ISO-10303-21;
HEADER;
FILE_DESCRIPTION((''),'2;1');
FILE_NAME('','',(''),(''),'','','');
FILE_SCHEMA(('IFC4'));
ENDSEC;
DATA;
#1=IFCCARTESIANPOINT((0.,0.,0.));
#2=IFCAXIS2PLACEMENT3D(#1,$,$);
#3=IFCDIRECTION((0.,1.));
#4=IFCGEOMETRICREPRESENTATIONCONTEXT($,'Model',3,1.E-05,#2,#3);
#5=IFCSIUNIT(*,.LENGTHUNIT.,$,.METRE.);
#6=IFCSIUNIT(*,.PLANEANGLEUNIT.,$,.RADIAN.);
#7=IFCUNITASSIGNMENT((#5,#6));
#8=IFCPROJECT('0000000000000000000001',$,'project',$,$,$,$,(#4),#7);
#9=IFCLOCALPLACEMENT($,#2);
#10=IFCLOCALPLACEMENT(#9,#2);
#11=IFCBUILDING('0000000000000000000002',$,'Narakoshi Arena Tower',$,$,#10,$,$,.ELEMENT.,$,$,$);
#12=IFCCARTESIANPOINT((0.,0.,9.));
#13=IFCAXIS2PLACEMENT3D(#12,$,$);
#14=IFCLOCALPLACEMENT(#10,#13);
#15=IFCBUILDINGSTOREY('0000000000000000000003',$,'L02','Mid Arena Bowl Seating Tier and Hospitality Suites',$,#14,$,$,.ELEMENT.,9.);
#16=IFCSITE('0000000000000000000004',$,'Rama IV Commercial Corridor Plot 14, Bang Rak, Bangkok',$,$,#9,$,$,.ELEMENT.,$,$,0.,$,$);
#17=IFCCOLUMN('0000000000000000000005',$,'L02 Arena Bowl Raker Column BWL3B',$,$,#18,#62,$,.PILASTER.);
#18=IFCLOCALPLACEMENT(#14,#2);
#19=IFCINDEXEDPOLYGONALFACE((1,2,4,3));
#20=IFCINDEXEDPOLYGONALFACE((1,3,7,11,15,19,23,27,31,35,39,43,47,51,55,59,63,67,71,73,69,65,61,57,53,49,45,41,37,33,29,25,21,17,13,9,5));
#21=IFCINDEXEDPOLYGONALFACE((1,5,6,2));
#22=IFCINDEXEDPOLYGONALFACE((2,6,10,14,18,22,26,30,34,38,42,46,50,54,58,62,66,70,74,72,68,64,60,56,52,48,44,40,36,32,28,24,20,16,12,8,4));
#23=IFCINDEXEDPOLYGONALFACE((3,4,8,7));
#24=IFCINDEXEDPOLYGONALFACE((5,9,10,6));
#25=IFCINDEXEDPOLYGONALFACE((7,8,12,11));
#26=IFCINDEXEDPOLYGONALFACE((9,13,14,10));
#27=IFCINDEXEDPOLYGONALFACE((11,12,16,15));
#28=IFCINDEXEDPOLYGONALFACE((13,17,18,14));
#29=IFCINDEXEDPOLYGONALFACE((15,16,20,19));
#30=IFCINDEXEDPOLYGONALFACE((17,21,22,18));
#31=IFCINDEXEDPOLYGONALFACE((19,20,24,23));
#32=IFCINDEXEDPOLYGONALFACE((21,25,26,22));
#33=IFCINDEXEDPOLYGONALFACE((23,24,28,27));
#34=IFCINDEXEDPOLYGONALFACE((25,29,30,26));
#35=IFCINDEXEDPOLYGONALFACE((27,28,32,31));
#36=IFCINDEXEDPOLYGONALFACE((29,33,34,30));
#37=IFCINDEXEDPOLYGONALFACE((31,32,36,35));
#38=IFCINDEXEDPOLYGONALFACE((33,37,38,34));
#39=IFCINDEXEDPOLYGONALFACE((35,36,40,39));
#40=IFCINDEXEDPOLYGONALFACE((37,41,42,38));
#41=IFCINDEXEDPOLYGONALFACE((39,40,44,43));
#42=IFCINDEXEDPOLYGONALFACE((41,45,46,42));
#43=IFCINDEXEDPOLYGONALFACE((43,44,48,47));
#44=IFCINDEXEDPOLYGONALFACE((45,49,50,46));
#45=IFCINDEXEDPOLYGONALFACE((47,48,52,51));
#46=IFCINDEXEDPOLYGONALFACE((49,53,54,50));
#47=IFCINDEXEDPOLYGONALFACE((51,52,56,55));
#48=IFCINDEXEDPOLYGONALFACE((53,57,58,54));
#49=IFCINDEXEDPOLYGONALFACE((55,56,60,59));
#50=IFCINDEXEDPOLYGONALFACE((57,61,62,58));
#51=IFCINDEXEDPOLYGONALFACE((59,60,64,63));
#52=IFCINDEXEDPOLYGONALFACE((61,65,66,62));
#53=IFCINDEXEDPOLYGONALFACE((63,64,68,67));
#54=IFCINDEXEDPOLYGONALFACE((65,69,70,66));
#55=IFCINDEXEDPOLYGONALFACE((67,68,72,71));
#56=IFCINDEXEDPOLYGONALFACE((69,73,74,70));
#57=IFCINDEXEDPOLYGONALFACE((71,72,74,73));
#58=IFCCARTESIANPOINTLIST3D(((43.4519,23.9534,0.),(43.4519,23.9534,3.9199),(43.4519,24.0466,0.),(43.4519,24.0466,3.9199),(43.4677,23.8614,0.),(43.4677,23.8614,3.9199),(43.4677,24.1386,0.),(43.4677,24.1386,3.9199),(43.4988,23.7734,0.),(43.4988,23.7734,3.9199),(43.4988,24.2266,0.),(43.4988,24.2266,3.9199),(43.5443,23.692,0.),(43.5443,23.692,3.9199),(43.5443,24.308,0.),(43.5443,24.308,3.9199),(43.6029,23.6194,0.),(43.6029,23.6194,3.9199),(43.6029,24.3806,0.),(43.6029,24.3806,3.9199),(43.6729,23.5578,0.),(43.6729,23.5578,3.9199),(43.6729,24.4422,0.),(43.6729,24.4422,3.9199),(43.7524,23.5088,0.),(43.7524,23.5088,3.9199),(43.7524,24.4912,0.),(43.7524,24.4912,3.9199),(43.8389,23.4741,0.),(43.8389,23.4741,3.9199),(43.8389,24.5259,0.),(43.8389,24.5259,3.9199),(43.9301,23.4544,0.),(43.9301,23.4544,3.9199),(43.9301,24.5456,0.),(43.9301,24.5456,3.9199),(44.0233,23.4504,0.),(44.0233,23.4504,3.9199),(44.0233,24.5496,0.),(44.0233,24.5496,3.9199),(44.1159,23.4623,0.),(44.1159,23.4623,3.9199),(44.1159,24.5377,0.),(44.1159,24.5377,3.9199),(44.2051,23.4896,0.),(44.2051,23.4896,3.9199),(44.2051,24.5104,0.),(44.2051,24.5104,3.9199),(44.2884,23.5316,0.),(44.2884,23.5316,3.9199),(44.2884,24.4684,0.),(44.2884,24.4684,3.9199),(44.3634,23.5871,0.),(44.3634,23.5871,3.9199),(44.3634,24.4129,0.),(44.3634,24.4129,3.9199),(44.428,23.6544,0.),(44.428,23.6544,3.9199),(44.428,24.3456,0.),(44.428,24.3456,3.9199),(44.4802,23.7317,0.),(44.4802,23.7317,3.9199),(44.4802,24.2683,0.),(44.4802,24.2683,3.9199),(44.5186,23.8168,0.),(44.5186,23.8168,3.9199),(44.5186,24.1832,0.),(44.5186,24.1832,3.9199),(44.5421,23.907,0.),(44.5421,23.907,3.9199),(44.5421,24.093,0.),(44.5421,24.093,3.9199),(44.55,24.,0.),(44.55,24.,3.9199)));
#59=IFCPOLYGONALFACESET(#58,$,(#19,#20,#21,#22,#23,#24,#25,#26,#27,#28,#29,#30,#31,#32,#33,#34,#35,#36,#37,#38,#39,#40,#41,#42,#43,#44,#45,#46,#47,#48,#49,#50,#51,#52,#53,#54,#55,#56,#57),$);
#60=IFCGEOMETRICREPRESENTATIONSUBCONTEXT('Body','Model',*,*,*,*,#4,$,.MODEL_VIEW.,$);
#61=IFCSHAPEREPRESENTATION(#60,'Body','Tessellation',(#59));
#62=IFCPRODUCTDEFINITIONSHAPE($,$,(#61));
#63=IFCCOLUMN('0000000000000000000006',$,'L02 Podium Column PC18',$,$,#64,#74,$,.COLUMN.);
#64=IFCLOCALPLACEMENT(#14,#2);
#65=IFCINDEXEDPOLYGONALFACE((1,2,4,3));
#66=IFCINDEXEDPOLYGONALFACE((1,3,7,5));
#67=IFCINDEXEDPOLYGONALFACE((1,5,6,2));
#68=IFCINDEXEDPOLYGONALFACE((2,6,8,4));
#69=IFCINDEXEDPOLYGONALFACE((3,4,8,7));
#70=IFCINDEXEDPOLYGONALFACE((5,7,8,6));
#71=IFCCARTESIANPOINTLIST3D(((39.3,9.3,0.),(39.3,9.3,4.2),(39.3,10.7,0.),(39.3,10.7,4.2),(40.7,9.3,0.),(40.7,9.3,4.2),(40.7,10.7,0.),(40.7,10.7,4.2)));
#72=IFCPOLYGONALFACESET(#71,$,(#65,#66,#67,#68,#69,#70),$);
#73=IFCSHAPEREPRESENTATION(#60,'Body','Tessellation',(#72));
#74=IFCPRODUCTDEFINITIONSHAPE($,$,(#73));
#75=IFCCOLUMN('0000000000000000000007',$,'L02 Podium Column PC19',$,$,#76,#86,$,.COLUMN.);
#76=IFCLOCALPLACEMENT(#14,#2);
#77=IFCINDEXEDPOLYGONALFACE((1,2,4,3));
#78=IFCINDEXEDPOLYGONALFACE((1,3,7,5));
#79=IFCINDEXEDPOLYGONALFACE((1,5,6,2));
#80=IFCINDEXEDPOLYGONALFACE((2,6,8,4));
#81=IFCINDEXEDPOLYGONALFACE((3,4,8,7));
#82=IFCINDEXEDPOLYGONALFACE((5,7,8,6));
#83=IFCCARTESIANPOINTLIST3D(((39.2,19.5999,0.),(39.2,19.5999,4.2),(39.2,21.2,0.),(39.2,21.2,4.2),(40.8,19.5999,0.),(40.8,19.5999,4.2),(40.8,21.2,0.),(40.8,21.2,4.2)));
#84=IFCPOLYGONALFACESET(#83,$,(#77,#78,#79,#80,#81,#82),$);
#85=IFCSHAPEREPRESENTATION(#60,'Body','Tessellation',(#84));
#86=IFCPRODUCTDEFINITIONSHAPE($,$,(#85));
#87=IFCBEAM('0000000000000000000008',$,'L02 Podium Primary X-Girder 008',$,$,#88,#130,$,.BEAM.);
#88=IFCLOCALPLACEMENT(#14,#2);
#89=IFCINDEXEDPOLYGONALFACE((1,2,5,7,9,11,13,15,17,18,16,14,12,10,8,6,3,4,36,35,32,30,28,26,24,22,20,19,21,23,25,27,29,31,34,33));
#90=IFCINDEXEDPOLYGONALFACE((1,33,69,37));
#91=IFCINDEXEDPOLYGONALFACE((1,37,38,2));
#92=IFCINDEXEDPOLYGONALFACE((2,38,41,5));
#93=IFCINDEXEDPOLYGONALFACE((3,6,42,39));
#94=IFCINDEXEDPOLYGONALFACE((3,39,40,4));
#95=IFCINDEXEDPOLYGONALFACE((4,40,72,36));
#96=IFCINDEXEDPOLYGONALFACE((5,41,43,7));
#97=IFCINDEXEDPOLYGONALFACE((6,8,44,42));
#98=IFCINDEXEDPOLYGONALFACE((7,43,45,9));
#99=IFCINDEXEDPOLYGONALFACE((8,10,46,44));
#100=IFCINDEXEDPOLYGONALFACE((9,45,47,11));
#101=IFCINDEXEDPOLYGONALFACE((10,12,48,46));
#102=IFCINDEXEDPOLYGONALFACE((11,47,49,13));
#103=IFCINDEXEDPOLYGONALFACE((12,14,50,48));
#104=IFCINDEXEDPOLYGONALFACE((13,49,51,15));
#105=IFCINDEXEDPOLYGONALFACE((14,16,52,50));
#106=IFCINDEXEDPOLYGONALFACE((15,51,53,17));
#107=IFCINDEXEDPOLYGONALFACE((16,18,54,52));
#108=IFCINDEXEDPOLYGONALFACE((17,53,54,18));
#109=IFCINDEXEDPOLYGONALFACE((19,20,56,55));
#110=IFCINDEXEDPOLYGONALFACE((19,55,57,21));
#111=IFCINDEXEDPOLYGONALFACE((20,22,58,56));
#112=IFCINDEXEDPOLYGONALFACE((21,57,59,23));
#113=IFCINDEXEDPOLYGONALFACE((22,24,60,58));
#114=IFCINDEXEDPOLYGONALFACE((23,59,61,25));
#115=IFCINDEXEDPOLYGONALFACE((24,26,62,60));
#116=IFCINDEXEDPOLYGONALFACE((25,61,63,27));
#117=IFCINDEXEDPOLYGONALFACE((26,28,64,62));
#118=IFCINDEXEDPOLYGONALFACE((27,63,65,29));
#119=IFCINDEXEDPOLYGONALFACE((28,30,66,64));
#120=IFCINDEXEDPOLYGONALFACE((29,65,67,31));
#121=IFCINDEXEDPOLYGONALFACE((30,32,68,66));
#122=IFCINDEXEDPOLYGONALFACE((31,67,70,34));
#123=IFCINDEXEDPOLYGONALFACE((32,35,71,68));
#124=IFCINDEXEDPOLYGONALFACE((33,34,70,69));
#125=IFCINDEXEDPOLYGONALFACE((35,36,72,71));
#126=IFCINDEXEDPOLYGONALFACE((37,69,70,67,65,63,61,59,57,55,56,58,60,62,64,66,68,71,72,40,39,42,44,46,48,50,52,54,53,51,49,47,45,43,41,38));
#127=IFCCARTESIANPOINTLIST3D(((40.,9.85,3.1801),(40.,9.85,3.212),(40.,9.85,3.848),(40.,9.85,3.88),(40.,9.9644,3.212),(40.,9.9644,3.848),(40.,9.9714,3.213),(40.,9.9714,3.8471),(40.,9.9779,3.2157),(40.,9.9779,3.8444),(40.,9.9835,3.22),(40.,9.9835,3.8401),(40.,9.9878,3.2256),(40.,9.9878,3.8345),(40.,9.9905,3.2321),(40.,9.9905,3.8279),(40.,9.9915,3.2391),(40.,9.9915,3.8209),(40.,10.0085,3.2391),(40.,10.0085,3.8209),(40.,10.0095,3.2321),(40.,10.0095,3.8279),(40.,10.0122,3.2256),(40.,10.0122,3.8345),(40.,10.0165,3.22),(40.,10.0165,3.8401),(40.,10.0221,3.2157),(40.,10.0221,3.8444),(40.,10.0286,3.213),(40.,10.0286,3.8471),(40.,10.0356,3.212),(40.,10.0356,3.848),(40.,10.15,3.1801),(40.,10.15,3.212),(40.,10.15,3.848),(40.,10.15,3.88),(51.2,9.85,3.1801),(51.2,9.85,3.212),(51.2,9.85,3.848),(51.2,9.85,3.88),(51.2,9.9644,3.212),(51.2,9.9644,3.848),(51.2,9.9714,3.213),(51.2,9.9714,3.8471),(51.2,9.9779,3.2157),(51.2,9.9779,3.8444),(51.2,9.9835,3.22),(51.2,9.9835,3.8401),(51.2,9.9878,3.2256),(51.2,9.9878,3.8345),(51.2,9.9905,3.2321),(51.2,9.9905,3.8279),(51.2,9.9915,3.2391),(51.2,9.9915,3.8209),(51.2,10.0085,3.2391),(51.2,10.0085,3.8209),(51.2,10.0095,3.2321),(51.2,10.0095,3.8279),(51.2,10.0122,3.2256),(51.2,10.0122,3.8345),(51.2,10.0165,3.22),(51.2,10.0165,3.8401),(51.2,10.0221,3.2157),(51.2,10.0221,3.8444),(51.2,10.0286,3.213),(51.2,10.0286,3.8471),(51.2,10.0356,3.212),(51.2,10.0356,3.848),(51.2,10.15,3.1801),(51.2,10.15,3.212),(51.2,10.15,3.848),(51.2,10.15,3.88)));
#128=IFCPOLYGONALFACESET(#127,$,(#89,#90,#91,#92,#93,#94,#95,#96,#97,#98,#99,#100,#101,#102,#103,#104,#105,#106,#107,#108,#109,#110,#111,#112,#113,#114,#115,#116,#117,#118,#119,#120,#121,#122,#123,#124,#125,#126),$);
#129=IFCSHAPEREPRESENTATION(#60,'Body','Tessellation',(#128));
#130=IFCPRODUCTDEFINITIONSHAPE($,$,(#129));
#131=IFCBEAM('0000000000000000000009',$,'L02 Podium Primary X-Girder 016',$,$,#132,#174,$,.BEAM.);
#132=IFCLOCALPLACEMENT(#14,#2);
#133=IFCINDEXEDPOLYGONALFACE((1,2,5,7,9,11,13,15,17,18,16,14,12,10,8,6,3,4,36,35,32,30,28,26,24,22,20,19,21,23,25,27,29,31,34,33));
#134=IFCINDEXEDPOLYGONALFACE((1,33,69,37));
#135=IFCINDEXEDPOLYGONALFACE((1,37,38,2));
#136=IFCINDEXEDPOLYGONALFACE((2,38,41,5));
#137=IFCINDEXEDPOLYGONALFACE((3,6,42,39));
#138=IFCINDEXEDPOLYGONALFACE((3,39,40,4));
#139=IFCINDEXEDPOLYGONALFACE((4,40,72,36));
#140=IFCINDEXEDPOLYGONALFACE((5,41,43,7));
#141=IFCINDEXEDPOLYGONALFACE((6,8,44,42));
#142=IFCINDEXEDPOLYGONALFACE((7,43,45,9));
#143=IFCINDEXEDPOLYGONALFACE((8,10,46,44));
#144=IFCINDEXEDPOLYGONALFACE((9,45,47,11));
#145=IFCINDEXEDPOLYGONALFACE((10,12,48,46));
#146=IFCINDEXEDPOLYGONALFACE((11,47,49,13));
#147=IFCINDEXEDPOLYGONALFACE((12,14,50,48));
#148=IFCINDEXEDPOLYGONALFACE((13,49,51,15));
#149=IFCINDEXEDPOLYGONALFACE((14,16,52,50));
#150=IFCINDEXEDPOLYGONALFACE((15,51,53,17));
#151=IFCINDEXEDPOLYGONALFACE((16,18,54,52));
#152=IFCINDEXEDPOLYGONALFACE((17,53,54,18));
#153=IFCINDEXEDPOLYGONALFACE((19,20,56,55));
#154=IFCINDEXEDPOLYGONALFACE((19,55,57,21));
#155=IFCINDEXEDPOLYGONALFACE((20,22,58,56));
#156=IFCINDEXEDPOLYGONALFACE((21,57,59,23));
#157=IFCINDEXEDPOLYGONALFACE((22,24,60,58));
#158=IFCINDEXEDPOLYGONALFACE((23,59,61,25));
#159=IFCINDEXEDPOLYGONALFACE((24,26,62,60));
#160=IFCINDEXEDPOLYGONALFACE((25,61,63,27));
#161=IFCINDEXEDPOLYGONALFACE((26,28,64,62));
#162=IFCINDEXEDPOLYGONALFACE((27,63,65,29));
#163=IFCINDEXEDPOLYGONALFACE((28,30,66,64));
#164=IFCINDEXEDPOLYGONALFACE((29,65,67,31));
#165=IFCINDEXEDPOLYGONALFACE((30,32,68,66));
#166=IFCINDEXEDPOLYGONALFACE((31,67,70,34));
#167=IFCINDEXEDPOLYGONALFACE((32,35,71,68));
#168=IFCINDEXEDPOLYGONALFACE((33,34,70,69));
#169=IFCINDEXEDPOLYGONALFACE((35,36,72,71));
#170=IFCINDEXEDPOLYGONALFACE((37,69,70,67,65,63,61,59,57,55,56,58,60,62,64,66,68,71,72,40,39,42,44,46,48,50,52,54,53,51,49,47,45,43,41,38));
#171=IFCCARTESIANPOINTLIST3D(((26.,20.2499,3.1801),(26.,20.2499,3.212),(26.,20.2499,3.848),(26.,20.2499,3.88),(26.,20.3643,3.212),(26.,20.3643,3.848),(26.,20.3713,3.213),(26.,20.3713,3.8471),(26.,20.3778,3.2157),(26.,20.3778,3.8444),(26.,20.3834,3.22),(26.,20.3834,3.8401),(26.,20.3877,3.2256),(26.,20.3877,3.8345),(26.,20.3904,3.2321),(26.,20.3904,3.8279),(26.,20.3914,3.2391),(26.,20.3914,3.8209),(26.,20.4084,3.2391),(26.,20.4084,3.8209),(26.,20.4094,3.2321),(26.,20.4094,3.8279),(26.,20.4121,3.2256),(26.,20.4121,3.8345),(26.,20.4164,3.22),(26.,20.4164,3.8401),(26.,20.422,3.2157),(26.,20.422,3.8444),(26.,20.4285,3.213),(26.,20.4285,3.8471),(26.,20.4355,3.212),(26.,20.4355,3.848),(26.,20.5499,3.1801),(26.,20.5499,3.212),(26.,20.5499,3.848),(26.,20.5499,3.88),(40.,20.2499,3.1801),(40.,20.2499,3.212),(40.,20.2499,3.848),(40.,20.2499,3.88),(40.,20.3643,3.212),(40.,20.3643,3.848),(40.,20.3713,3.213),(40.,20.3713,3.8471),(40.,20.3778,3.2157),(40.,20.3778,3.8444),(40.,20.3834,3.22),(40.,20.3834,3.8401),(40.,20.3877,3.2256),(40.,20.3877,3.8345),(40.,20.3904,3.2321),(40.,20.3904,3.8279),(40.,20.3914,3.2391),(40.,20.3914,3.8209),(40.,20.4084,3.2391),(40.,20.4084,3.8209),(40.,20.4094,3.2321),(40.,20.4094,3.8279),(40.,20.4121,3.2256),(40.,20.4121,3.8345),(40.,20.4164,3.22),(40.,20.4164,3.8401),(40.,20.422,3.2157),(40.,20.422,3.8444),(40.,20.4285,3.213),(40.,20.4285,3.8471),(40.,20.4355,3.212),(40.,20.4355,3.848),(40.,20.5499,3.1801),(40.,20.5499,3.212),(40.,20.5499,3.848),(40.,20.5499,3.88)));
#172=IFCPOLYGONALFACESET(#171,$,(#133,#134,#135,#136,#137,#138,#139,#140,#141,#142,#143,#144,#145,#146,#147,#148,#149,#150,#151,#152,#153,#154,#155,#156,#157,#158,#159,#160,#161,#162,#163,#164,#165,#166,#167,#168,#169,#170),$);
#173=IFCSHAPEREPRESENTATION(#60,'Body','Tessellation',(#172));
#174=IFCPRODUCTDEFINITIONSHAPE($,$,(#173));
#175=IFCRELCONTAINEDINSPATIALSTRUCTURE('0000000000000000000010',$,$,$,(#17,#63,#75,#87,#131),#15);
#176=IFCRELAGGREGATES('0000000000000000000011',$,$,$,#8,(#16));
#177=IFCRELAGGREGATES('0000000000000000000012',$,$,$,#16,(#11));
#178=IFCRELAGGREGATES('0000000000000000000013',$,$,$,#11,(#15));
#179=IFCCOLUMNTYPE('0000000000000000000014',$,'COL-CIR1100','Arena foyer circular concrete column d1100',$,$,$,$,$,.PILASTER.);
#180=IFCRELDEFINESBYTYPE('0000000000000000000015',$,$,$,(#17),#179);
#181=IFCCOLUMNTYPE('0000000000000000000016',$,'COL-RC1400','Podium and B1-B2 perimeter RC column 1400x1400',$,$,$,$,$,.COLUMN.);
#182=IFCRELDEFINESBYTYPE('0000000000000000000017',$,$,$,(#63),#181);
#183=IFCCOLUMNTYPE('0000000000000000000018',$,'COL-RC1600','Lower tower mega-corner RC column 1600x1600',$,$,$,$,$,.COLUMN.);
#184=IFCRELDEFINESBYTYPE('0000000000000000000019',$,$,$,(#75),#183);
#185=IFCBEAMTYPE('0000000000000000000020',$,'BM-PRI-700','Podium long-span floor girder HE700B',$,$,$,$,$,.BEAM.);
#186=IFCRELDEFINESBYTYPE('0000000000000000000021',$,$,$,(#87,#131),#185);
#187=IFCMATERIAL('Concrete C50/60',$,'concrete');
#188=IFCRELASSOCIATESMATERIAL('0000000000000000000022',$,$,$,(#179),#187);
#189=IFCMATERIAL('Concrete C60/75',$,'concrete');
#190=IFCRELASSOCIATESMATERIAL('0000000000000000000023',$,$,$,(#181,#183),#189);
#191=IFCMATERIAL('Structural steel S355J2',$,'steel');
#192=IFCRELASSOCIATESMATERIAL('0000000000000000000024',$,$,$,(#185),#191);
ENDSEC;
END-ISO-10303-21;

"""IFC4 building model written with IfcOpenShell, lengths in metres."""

from ifc_helpers import new_model, si_unit, direction, frame, origin, origin_2d, place, context, subcontext, project, spatial, rectangle, circle, i_section, extrude, material, material_profile, profile_set, type_object, element, save


model = new_model("IFC4")

# Units and contexts
model_context = context("Model", 3, precision=1e-05, world=origin(), true_north=direction((0.0, 1.0)))
body_context = subcontext(model_context, "Body", "Model", "MODEL_VIEW")
ifc_project = project(units=[si_unit("LENGTHUNIT", "METRE"), si_unit("PLANEANGLEUNIT", "RADIAN")], contexts=[model_context])

# Site, building, storey
site_placement = place(None, origin())
site = spatial("IfcSite", under=ifc_project, at=site_placement, Name="Rama IV Commercial Corridor Plot 14, Bang Rak, Bangkok", CompositionType="ELEMENT", RefElevation=0.0)
building_placement = place(site_placement, origin())
building = spatial("IfcBuilding", under=site, at=building_placement, Name="Narakoshi Arena Tower", CompositionType="ELEMENT")
storey_placement = place(building_placement, frame((0.0, 0.0, 9.0)))
storey = spatial("IfcBuildingStorey", under=building, at=storey_placement, Name="L02", Description="Mid Arena Bowl Seating Tier and Hospitality Suites", CompositionType="ELEMENT", Elevation=9.0)

# Columns
ifc_material_1 = material(Name="Concrete C50/60", Category="concrete")
ifc_material_profile_1 = material_profile(ifc_material_1, circle(Radius=0.55, at=origin_2d()), Name="RCC1100")
ifc_profile_set_1 = profile_set([ifc_material_profile_1], Name="Concrete C50/60")
column_type_1 = type_object("IfcColumnType", Name="COL-CIR1100", Description="Arena foyer circular concrete column d1100", PredefinedType="PILASTER", material=ifc_profile_set_1)
column_1_placement = place(storey_placement, frame((44.0, 24.0, 0.0), z_axis=(0.0, 0.0, 1.0), x_axis=(1.0, 0.0, 0.0)))
element("IfcColumn", 1, at=column_1_placement, inside=storey, type_object=column_type_1, Name="L02 Arena Bowl Raker Column BWL3B", PredefinedType="PILASTER", context=body_context, shape_type="SweptSolid", body=[
    extrude(circle(Radius=0.55, at=origin_2d()), origin(), (0.0, 0.0, 1.0), 3.9199),
])
ifc_material_2 = material(Name="Concrete C60/75", Category="concrete")
ifc_material_profile_2 = material_profile(ifc_material_2, rectangle(XDim=1.3999, YDim=1.3999, at=origin_2d()), Name="RC1400x1400")
ifc_profile_set_2 = profile_set([ifc_material_profile_2], Name="Concrete C60/75")
column_type_2 = type_object("IfcColumnType", Name="COL-RC1400", Description="Podium and B1-B2 perimeter RC column 1400x1400", PredefinedType="COLUMN", material=ifc_profile_set_2)
column_2_placement = place(storey_placement, frame((40.0, 10.0, 0.0), z_axis=(0.0, 0.0, 1.0), x_axis=(1.0, 0.0, 0.0)))
element("IfcColumn", 2, at=column_2_placement, inside=storey, type_object=column_type_2, Name="L02 Podium Column PC18", PredefinedType="COLUMN", context=body_context, shape_type="SweptSolid", body=[
    extrude(rectangle(XDim=1.3999, YDim=1.3999, at=origin_2d()), origin(), (0.0, 0.0, 1.0), 4.2),
])
ifc_material_profile_3 = material_profile(ifc_material_2, rectangle(XDim=1.6001, YDim=1.6001, at=origin_2d()), Name="RC1600x1600")
ifc_profile_set_3 = profile_set([ifc_material_profile_3], Name="Concrete C60/75")
column_type_3 = type_object("IfcColumnType", Name="COL-RC1600", Description="Lower tower mega-corner RC column 1600x1600", PredefinedType="COLUMN", material=ifc_profile_set_3)
column_3_placement = place(storey_placement, frame((40.0, 20.3999, 0.0), z_axis=(0.0, 0.0, 1.0), x_axis=(1.0, 0.0, 0.0)))
element("IfcColumn", 3, at=column_3_placement, inside=storey, type_object=column_type_3, Name="L02 Podium Column PC19", PredefinedType="COLUMN", context=body_context, shape_type="SweptSolid", body=[
    extrude(rectangle(XDim=1.6001, YDim=1.6001, at=origin_2d()), origin(), (0.0, 0.0, 1.0), 4.2),
])

# Beams
ifc_material_3 = material(Name="Structural steel S355J2", Category="steel")
ifc_material_profile_4 = material_profile(ifc_material_3, i_section(OverallWidth=0.3, OverallDepth=0.7, WebThickness=0.0171, FlangeThickness=0.032, FilletRadius=0.0271, at=origin_2d()), Name="HE700B")
ifc_profile_set_4 = profile_set([ifc_material_profile_4], Name="Structural steel S355J2")
beam_type_1 = type_object("IfcBeamType", Name="BM-PRI-700", Description="Podium long-span floor girder HE700B", PredefinedType="BEAM", material=ifc_profile_set_4)
beam_1_placement = place(storey_placement, frame((40.0, 10.0, 3.53), z_axis=(1.0, 0.0, 0.0), x_axis=(0.0, 1.0, 0.0)))
element("IfcBeam", 4, at=beam_1_placement, inside=storey, type_object=beam_type_1, Name="L02 Podium Primary X-Girder 008", PredefinedType="BEAM", context=body_context, shape_type="SweptSolid", body=[
    extrude(i_section(OverallWidth=0.3, OverallDepth=0.7, WebThickness=0.0171, FlangeThickness=0.032, FilletRadius=0.0271, at=origin_2d()), origin(), (0.0, 0.0, 1.0), 11.2),
])
beam_2_placement = place(storey_placement, frame((26.0, 20.3999, 3.53), z_axis=(1.0, 0.0, 0.0), x_axis=(0.0, 1.0, 0.0)))
element("IfcBeam", 5, at=beam_2_placement, inside=storey, type_object=beam_type_1, Name="L02 Podium Primary X-Girder 016", PredefinedType="BEAM", context=body_context, shape_type="SweptSolid", body=[
    extrude(i_section(OverallWidth=0.3, OverallDepth=0.7, WebThickness=0.0171, FlangeThickness=0.032, FilletRadius=0.0271, at=origin_2d()), origin(), (0.0, 0.0, 1.0), 14.0),
])

save(model, "model.ifc")
